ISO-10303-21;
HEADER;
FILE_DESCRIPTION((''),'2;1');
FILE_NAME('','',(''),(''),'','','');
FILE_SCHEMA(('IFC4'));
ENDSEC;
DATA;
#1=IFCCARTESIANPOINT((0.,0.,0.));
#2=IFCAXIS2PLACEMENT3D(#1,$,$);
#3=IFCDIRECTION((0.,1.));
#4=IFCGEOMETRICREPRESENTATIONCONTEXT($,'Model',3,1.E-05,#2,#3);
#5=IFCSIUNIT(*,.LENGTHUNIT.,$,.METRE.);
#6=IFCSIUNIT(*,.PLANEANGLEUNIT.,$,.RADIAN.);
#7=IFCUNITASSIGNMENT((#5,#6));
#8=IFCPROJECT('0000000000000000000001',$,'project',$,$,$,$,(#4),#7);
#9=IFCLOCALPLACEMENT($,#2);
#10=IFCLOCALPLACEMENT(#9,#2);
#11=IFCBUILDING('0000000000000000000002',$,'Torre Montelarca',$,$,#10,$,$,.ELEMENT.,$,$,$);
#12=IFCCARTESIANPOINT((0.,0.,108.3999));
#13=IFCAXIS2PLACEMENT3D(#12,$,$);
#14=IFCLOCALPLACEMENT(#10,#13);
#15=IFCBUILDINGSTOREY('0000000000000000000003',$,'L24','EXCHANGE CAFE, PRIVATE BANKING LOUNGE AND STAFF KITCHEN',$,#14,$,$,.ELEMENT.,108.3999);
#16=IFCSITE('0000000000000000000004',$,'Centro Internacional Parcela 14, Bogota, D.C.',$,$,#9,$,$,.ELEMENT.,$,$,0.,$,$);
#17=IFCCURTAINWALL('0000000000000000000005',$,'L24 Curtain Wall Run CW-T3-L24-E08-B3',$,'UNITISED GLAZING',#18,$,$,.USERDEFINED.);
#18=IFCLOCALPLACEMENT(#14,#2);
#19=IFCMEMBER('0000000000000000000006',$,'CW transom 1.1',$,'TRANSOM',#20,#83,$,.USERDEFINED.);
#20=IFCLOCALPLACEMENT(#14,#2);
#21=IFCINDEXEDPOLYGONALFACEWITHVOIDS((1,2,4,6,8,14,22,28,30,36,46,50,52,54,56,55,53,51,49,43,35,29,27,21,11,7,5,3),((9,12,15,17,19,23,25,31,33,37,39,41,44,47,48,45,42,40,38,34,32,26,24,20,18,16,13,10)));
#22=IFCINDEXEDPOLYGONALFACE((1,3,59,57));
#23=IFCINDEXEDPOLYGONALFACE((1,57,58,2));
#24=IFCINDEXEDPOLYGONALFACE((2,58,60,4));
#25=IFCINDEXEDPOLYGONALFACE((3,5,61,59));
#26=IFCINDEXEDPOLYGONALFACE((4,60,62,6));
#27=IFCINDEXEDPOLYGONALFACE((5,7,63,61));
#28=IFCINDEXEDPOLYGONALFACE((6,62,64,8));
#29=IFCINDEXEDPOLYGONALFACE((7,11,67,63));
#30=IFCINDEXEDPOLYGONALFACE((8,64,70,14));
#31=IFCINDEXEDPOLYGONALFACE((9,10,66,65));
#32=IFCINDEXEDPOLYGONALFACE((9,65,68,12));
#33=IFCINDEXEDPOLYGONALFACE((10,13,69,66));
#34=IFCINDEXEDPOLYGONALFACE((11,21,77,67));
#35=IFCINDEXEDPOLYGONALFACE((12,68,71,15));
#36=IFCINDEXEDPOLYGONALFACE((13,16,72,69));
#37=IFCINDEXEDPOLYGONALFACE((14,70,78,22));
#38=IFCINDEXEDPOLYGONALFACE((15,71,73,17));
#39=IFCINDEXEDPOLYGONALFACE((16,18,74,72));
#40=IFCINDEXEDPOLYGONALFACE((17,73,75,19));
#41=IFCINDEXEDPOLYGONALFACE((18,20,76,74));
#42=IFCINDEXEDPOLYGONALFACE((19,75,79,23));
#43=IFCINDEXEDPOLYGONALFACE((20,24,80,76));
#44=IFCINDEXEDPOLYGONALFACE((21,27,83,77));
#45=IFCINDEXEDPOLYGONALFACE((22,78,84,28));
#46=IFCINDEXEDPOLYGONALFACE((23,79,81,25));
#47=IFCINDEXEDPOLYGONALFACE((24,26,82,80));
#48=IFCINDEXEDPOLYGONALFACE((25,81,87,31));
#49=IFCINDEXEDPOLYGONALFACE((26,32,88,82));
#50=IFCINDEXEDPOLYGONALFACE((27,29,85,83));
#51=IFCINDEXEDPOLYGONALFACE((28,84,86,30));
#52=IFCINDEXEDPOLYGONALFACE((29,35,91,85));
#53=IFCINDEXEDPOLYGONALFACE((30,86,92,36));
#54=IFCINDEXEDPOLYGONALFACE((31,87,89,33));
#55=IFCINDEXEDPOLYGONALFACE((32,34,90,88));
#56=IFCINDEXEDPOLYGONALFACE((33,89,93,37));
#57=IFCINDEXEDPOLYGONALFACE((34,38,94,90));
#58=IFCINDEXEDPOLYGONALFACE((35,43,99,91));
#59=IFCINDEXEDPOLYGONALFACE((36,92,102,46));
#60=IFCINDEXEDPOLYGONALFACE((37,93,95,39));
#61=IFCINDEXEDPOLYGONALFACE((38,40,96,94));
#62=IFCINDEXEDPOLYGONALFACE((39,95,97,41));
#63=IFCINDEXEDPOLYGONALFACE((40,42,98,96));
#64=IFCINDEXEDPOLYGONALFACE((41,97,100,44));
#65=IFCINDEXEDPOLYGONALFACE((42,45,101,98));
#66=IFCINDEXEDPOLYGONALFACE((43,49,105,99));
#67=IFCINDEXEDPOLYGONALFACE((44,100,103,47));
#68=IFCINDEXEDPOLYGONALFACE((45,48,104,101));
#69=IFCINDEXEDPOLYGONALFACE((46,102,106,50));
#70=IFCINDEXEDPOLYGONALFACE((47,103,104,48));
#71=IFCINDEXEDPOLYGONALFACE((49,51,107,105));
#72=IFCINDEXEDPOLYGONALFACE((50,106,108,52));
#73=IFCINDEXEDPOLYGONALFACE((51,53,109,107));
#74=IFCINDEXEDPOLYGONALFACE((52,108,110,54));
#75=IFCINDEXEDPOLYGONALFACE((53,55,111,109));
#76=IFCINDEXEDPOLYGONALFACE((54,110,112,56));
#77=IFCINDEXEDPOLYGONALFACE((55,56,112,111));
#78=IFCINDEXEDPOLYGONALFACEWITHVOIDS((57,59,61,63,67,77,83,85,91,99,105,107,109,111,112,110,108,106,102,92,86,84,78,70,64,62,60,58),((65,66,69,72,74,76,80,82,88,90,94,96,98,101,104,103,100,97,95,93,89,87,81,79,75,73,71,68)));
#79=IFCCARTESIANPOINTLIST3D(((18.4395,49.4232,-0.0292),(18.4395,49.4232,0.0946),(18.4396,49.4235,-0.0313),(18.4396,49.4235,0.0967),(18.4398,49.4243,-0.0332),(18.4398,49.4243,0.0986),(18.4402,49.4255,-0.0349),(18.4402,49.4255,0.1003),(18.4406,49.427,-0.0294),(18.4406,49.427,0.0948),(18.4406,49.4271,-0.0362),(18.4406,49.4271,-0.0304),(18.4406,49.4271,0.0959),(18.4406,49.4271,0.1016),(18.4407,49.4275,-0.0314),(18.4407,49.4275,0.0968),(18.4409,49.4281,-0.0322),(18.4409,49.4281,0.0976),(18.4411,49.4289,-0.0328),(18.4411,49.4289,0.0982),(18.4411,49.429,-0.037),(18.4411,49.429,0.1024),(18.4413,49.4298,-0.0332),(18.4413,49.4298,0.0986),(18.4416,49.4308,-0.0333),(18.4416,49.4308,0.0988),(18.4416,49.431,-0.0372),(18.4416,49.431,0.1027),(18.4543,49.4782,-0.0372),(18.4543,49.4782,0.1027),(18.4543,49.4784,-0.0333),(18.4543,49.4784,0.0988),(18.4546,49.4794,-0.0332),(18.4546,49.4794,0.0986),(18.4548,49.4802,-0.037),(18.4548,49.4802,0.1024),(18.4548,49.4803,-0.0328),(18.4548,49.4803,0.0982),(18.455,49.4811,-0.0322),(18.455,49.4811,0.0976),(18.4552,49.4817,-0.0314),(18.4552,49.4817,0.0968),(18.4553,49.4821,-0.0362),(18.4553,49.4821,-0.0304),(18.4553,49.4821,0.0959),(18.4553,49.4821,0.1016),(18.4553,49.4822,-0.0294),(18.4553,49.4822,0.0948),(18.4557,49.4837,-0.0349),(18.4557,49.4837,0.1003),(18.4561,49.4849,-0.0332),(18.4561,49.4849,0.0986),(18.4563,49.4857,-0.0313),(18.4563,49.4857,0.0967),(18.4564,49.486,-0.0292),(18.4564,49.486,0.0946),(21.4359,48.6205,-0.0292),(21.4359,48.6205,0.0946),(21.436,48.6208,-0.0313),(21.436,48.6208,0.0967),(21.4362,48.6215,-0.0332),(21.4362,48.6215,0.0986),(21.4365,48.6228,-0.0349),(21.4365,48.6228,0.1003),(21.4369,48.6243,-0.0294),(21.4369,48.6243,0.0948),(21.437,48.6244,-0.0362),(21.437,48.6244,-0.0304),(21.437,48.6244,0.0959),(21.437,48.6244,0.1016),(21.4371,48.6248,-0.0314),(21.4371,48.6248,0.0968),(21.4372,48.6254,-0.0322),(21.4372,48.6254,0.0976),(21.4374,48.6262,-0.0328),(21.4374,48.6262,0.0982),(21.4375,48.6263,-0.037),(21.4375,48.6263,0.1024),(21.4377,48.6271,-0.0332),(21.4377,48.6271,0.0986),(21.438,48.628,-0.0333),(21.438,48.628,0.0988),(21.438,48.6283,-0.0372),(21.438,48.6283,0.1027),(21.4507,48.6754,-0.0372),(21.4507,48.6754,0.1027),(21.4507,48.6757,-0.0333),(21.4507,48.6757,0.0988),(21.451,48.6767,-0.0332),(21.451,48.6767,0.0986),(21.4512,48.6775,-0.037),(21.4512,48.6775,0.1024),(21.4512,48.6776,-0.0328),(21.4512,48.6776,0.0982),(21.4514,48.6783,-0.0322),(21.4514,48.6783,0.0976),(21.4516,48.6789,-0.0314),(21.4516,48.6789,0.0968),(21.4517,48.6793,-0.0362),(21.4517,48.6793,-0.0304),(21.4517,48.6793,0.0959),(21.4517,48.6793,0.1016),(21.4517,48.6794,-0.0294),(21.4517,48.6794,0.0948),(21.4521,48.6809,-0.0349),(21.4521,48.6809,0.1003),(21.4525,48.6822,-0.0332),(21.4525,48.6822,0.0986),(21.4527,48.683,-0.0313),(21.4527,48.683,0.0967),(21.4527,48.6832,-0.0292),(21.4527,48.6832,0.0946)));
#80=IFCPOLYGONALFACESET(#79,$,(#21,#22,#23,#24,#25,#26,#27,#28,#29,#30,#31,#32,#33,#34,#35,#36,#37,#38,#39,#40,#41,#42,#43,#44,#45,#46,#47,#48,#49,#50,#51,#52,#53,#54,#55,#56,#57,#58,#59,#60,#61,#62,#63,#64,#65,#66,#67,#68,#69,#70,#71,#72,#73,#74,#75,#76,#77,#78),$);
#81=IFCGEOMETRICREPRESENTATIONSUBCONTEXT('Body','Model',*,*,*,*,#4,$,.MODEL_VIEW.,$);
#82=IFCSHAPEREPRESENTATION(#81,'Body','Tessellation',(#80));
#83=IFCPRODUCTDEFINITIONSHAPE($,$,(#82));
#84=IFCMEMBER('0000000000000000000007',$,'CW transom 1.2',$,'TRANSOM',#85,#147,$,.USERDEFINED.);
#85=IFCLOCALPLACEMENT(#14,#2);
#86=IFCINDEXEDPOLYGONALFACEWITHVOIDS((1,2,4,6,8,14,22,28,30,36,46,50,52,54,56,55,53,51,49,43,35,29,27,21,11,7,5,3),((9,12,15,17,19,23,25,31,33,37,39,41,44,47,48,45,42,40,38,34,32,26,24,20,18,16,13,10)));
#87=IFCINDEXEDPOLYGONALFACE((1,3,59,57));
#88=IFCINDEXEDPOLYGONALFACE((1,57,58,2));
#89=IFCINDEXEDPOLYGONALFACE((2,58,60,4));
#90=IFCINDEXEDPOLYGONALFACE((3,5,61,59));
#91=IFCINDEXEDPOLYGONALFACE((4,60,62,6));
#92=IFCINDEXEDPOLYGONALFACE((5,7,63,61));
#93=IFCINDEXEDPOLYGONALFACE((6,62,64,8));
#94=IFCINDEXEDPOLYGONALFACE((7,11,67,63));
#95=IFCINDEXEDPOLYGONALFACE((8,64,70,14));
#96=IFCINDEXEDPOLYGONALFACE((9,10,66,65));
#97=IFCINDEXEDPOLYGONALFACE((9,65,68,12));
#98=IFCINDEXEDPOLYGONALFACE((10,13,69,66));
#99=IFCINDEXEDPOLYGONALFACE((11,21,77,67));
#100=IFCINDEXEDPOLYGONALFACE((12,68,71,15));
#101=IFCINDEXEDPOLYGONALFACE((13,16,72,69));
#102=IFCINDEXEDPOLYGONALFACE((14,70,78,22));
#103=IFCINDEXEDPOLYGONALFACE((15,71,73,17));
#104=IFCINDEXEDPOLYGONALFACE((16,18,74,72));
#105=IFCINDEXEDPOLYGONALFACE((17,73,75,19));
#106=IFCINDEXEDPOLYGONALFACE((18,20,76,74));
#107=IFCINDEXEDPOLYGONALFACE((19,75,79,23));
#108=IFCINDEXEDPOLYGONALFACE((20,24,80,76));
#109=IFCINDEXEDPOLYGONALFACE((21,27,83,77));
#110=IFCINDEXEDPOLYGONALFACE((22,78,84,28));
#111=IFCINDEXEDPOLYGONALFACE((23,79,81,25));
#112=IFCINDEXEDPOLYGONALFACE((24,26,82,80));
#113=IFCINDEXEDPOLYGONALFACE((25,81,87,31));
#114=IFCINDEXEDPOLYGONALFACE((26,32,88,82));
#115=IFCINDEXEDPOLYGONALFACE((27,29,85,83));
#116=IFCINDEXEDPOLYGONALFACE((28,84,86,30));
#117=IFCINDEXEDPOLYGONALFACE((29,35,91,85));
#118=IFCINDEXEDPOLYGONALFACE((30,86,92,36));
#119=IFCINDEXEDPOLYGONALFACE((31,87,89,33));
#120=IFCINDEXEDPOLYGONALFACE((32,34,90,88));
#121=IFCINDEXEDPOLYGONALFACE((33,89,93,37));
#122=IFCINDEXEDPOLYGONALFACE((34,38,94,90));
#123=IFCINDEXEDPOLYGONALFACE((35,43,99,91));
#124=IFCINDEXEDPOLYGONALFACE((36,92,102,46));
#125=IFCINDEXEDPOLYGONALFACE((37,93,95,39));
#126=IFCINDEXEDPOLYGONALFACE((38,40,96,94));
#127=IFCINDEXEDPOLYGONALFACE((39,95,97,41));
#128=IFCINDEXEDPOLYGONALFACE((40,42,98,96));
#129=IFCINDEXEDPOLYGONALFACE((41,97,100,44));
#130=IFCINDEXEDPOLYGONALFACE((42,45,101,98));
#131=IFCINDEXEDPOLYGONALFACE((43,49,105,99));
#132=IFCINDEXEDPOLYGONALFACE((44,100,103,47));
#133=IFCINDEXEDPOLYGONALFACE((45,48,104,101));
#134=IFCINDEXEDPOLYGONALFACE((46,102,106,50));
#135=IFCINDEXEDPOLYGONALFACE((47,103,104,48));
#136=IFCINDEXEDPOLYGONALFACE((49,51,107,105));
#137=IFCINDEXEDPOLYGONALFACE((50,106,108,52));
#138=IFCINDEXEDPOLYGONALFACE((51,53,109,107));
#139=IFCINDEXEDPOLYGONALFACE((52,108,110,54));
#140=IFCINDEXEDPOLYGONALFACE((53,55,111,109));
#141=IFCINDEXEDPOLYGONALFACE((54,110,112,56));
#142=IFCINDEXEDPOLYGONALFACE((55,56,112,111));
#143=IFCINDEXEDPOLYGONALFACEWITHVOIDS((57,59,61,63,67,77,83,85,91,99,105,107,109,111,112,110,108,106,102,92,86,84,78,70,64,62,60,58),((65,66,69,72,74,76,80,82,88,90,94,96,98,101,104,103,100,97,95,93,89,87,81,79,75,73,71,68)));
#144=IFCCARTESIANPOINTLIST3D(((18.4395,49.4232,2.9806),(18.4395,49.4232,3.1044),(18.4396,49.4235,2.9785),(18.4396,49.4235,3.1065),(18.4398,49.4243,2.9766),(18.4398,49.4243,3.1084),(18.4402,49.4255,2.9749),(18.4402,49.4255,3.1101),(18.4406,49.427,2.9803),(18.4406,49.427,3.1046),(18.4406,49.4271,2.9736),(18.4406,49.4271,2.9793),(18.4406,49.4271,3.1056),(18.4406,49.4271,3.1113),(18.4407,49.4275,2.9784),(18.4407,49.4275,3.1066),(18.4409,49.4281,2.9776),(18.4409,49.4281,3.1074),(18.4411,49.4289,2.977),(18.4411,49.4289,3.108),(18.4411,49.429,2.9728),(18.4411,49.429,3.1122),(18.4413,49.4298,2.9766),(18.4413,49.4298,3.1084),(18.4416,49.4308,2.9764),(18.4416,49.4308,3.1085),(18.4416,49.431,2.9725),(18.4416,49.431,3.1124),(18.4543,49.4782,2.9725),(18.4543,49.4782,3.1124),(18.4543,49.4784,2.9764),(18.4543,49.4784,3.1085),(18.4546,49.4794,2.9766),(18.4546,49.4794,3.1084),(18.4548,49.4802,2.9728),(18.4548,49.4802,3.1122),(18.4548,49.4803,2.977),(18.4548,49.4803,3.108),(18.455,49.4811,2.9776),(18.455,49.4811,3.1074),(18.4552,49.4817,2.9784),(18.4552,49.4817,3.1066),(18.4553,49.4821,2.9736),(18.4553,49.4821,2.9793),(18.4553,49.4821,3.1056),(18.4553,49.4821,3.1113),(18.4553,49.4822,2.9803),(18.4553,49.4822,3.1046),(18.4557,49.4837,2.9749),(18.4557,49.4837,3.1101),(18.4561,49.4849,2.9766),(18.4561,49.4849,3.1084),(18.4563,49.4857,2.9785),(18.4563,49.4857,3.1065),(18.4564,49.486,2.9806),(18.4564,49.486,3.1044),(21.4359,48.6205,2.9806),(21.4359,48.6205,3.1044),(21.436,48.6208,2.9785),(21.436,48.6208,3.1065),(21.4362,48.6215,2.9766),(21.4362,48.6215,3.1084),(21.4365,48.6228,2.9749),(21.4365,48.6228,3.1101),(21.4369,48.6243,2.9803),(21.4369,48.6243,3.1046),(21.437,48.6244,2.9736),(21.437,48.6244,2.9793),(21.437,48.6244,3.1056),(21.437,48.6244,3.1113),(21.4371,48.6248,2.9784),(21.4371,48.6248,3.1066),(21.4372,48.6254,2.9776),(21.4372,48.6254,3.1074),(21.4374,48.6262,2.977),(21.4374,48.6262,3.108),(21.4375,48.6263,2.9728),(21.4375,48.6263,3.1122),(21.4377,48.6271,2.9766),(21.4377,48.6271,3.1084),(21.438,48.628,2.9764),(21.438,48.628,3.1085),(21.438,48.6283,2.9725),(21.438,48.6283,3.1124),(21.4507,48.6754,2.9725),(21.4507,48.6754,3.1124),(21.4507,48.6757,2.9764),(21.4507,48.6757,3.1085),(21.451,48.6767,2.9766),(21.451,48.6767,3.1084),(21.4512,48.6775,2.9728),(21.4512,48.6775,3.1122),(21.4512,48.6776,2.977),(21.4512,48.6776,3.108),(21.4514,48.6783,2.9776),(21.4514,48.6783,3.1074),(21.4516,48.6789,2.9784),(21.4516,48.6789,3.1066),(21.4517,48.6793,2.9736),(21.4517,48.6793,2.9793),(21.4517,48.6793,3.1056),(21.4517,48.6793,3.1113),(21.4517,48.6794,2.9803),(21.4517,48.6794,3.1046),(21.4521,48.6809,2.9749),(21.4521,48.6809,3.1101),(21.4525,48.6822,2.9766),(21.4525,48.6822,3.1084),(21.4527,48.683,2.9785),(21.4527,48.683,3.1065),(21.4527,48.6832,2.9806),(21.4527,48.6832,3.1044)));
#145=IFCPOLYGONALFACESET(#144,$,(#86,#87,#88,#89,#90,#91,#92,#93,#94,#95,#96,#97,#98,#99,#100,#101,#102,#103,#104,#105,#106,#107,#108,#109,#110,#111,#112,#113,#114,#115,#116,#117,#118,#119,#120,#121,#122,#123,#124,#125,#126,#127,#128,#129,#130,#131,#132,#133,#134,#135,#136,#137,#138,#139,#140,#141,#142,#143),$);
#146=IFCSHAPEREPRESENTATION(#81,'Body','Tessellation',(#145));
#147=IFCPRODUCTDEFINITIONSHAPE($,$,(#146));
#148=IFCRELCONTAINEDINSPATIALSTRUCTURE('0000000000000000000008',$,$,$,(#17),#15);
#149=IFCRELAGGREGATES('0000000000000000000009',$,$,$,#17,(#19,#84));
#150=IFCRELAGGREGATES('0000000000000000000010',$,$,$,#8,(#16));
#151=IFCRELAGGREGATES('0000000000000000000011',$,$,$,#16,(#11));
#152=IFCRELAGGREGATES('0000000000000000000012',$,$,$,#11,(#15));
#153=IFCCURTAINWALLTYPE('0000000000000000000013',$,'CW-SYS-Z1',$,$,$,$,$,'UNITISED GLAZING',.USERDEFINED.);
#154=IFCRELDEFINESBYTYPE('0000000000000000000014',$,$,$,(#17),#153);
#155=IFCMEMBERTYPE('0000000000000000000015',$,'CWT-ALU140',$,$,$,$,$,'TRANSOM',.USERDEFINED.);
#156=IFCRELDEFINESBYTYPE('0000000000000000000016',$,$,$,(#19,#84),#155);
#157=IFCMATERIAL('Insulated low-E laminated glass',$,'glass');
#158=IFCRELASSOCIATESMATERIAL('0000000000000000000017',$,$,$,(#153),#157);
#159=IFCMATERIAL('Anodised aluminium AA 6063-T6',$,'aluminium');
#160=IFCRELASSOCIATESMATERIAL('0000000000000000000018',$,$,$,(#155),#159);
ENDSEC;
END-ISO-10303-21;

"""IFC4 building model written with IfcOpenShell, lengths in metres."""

from ifc_helpers import new_model, si_unit, direction, frame, origin, origin_2d, place, context, subcontext, project, spatial, hollow_rectangle, extrude, source, transform, mapped, material, material_profile, profile_set, type_object, element, aggregate, save


model = new_model("IFC4")

# Units and contexts
model_context = context("Model", 3, precision=1e-05, world=origin(), true_north=direction((0.0, 1.0)))
body_context = subcontext(model_context, "Body", "Model", "MODEL_VIEW")
ifc_project = project(units=[si_unit("LENGTHUNIT", "METRE"), si_unit("PLANEANGLEUNIT", "RADIAN")], contexts=[model_context])

# Site, building, storey
site_placement = place(None, origin())
site = spatial("IfcSite", under=ifc_project, at=site_placement, Name="Centro Internacional Parcela 14, Bogota, D.C.", CompositionType="ELEMENT", RefElevation=0.0)
building_placement = place(site_placement, origin())
building = spatial("IfcBuilding", under=site, at=building_placement, Name="Torre Montelarca", CompositionType="ELEMENT")
storey_placement = place(building_placement, frame((0.0, 0.0, 108.3999)))
storey = spatial("IfcBuildingStorey", under=building, at=storey_placement, Name="L24", Description="EXCHANGE CAFE, PRIVATE BANKING LOUNGE AND STAFF KITCHEN", CompositionType="ELEMENT", Elevation=108.3999)

# Curtain wall
ifc_material_1 = material(Name="Insulated low-E laminated glass", Category="glass")
curtain_wall_type = type_object("IfcCurtainWallType", Name="CW-SYS-Z1", ElementType="UNITISED GLAZING", PredefinedType="USERDEFINED", material=ifc_material_1)
ifc_material_2 = material(Name="Anodised aluminium AA 6063-T6", Category="aluminium")
ifc_material_profile_1 = material_profile(ifc_material_2, hollow_rectangle(XDim=0.0649, YDim=0.1399, WallThickness=0.0039, InnerFilletRadius=0.0039, OuterFilletRadius=0.0081, at=origin_2d()), Name="ALU65X140X4", Category="aluminium")
ifc_profile_set_1 = profile_set([ifc_material_profile_1], Name="Anodised aluminium AA 6063-T6")
member_type_1 = type_object("IfcMemberType", Name="CWT-ALU140", ElementType="TRANSOM", PredefinedType="USERDEFINED", material=ifc_profile_set_1)
curtain_wall_1_placement = place(storey_placement, origin())
curtain_wall_1 = element("IfcCurtainWall", 1, at=curtain_wall_1_placement, inside=storey, type_object=curtain_wall_type, Name="L24 Curtain Wall Run CW-T3-L24-E08-B3", ObjectType="UNITISED GLAZING", PredefinedType="USERDEFINED")

# Members
shared_shape_1 = source(origin(), body_context, "Body", "SweptSolid", [
    extrude(hollow_rectangle(XDim=0.0649, YDim=0.1399, WallThickness=0.0039, InnerFilletRadius=0.0039, OuterFilletRadius=0.0081, at=origin_2d()), origin(), (0.0, 0.0, 1.0), 3.1021),
])
member_1_placement = place(storey_placement, frame((21.4443, 48.6519, 0.0327), z_axis=(-0.965936, 0.258779, 0.0), x_axis=(-0.258779, -0.965936, 0.0)))
member_1 = element("IfcMember", 2, at=member_1_placement, type_object=member_type_1, Name="CW transom 1.1", ObjectType="TRANSOM", PredefinedType="USERDEFINED", context=body_context, shape_type="MappedRepresentation", body=[
    mapped(shared_shape_1, transform((0.0, 0.0, 0.0), scale=1.0)),
])
member_2_placement = place(storey_placement, frame((21.4443, 48.6519, 3.0425), z_axis=(-0.965936, 0.258779, 0.0), x_axis=(-0.258779, -0.965936, 0.0)))
member_2 = element("IfcMember", 3, at=member_2_placement, type_object=member_type_1, Name="CW transom 1.2", ObjectType="TRANSOM", PredefinedType="USERDEFINED", context=body_context, shape_type="MappedRepresentation", body=[
    mapped(shared_shape_1, transform((0.0, 0.0, 0.0), scale=1.0)),
])

aggregate(curtain_wall_1, [member_1, member_2])

save(model, "model.ifc")
